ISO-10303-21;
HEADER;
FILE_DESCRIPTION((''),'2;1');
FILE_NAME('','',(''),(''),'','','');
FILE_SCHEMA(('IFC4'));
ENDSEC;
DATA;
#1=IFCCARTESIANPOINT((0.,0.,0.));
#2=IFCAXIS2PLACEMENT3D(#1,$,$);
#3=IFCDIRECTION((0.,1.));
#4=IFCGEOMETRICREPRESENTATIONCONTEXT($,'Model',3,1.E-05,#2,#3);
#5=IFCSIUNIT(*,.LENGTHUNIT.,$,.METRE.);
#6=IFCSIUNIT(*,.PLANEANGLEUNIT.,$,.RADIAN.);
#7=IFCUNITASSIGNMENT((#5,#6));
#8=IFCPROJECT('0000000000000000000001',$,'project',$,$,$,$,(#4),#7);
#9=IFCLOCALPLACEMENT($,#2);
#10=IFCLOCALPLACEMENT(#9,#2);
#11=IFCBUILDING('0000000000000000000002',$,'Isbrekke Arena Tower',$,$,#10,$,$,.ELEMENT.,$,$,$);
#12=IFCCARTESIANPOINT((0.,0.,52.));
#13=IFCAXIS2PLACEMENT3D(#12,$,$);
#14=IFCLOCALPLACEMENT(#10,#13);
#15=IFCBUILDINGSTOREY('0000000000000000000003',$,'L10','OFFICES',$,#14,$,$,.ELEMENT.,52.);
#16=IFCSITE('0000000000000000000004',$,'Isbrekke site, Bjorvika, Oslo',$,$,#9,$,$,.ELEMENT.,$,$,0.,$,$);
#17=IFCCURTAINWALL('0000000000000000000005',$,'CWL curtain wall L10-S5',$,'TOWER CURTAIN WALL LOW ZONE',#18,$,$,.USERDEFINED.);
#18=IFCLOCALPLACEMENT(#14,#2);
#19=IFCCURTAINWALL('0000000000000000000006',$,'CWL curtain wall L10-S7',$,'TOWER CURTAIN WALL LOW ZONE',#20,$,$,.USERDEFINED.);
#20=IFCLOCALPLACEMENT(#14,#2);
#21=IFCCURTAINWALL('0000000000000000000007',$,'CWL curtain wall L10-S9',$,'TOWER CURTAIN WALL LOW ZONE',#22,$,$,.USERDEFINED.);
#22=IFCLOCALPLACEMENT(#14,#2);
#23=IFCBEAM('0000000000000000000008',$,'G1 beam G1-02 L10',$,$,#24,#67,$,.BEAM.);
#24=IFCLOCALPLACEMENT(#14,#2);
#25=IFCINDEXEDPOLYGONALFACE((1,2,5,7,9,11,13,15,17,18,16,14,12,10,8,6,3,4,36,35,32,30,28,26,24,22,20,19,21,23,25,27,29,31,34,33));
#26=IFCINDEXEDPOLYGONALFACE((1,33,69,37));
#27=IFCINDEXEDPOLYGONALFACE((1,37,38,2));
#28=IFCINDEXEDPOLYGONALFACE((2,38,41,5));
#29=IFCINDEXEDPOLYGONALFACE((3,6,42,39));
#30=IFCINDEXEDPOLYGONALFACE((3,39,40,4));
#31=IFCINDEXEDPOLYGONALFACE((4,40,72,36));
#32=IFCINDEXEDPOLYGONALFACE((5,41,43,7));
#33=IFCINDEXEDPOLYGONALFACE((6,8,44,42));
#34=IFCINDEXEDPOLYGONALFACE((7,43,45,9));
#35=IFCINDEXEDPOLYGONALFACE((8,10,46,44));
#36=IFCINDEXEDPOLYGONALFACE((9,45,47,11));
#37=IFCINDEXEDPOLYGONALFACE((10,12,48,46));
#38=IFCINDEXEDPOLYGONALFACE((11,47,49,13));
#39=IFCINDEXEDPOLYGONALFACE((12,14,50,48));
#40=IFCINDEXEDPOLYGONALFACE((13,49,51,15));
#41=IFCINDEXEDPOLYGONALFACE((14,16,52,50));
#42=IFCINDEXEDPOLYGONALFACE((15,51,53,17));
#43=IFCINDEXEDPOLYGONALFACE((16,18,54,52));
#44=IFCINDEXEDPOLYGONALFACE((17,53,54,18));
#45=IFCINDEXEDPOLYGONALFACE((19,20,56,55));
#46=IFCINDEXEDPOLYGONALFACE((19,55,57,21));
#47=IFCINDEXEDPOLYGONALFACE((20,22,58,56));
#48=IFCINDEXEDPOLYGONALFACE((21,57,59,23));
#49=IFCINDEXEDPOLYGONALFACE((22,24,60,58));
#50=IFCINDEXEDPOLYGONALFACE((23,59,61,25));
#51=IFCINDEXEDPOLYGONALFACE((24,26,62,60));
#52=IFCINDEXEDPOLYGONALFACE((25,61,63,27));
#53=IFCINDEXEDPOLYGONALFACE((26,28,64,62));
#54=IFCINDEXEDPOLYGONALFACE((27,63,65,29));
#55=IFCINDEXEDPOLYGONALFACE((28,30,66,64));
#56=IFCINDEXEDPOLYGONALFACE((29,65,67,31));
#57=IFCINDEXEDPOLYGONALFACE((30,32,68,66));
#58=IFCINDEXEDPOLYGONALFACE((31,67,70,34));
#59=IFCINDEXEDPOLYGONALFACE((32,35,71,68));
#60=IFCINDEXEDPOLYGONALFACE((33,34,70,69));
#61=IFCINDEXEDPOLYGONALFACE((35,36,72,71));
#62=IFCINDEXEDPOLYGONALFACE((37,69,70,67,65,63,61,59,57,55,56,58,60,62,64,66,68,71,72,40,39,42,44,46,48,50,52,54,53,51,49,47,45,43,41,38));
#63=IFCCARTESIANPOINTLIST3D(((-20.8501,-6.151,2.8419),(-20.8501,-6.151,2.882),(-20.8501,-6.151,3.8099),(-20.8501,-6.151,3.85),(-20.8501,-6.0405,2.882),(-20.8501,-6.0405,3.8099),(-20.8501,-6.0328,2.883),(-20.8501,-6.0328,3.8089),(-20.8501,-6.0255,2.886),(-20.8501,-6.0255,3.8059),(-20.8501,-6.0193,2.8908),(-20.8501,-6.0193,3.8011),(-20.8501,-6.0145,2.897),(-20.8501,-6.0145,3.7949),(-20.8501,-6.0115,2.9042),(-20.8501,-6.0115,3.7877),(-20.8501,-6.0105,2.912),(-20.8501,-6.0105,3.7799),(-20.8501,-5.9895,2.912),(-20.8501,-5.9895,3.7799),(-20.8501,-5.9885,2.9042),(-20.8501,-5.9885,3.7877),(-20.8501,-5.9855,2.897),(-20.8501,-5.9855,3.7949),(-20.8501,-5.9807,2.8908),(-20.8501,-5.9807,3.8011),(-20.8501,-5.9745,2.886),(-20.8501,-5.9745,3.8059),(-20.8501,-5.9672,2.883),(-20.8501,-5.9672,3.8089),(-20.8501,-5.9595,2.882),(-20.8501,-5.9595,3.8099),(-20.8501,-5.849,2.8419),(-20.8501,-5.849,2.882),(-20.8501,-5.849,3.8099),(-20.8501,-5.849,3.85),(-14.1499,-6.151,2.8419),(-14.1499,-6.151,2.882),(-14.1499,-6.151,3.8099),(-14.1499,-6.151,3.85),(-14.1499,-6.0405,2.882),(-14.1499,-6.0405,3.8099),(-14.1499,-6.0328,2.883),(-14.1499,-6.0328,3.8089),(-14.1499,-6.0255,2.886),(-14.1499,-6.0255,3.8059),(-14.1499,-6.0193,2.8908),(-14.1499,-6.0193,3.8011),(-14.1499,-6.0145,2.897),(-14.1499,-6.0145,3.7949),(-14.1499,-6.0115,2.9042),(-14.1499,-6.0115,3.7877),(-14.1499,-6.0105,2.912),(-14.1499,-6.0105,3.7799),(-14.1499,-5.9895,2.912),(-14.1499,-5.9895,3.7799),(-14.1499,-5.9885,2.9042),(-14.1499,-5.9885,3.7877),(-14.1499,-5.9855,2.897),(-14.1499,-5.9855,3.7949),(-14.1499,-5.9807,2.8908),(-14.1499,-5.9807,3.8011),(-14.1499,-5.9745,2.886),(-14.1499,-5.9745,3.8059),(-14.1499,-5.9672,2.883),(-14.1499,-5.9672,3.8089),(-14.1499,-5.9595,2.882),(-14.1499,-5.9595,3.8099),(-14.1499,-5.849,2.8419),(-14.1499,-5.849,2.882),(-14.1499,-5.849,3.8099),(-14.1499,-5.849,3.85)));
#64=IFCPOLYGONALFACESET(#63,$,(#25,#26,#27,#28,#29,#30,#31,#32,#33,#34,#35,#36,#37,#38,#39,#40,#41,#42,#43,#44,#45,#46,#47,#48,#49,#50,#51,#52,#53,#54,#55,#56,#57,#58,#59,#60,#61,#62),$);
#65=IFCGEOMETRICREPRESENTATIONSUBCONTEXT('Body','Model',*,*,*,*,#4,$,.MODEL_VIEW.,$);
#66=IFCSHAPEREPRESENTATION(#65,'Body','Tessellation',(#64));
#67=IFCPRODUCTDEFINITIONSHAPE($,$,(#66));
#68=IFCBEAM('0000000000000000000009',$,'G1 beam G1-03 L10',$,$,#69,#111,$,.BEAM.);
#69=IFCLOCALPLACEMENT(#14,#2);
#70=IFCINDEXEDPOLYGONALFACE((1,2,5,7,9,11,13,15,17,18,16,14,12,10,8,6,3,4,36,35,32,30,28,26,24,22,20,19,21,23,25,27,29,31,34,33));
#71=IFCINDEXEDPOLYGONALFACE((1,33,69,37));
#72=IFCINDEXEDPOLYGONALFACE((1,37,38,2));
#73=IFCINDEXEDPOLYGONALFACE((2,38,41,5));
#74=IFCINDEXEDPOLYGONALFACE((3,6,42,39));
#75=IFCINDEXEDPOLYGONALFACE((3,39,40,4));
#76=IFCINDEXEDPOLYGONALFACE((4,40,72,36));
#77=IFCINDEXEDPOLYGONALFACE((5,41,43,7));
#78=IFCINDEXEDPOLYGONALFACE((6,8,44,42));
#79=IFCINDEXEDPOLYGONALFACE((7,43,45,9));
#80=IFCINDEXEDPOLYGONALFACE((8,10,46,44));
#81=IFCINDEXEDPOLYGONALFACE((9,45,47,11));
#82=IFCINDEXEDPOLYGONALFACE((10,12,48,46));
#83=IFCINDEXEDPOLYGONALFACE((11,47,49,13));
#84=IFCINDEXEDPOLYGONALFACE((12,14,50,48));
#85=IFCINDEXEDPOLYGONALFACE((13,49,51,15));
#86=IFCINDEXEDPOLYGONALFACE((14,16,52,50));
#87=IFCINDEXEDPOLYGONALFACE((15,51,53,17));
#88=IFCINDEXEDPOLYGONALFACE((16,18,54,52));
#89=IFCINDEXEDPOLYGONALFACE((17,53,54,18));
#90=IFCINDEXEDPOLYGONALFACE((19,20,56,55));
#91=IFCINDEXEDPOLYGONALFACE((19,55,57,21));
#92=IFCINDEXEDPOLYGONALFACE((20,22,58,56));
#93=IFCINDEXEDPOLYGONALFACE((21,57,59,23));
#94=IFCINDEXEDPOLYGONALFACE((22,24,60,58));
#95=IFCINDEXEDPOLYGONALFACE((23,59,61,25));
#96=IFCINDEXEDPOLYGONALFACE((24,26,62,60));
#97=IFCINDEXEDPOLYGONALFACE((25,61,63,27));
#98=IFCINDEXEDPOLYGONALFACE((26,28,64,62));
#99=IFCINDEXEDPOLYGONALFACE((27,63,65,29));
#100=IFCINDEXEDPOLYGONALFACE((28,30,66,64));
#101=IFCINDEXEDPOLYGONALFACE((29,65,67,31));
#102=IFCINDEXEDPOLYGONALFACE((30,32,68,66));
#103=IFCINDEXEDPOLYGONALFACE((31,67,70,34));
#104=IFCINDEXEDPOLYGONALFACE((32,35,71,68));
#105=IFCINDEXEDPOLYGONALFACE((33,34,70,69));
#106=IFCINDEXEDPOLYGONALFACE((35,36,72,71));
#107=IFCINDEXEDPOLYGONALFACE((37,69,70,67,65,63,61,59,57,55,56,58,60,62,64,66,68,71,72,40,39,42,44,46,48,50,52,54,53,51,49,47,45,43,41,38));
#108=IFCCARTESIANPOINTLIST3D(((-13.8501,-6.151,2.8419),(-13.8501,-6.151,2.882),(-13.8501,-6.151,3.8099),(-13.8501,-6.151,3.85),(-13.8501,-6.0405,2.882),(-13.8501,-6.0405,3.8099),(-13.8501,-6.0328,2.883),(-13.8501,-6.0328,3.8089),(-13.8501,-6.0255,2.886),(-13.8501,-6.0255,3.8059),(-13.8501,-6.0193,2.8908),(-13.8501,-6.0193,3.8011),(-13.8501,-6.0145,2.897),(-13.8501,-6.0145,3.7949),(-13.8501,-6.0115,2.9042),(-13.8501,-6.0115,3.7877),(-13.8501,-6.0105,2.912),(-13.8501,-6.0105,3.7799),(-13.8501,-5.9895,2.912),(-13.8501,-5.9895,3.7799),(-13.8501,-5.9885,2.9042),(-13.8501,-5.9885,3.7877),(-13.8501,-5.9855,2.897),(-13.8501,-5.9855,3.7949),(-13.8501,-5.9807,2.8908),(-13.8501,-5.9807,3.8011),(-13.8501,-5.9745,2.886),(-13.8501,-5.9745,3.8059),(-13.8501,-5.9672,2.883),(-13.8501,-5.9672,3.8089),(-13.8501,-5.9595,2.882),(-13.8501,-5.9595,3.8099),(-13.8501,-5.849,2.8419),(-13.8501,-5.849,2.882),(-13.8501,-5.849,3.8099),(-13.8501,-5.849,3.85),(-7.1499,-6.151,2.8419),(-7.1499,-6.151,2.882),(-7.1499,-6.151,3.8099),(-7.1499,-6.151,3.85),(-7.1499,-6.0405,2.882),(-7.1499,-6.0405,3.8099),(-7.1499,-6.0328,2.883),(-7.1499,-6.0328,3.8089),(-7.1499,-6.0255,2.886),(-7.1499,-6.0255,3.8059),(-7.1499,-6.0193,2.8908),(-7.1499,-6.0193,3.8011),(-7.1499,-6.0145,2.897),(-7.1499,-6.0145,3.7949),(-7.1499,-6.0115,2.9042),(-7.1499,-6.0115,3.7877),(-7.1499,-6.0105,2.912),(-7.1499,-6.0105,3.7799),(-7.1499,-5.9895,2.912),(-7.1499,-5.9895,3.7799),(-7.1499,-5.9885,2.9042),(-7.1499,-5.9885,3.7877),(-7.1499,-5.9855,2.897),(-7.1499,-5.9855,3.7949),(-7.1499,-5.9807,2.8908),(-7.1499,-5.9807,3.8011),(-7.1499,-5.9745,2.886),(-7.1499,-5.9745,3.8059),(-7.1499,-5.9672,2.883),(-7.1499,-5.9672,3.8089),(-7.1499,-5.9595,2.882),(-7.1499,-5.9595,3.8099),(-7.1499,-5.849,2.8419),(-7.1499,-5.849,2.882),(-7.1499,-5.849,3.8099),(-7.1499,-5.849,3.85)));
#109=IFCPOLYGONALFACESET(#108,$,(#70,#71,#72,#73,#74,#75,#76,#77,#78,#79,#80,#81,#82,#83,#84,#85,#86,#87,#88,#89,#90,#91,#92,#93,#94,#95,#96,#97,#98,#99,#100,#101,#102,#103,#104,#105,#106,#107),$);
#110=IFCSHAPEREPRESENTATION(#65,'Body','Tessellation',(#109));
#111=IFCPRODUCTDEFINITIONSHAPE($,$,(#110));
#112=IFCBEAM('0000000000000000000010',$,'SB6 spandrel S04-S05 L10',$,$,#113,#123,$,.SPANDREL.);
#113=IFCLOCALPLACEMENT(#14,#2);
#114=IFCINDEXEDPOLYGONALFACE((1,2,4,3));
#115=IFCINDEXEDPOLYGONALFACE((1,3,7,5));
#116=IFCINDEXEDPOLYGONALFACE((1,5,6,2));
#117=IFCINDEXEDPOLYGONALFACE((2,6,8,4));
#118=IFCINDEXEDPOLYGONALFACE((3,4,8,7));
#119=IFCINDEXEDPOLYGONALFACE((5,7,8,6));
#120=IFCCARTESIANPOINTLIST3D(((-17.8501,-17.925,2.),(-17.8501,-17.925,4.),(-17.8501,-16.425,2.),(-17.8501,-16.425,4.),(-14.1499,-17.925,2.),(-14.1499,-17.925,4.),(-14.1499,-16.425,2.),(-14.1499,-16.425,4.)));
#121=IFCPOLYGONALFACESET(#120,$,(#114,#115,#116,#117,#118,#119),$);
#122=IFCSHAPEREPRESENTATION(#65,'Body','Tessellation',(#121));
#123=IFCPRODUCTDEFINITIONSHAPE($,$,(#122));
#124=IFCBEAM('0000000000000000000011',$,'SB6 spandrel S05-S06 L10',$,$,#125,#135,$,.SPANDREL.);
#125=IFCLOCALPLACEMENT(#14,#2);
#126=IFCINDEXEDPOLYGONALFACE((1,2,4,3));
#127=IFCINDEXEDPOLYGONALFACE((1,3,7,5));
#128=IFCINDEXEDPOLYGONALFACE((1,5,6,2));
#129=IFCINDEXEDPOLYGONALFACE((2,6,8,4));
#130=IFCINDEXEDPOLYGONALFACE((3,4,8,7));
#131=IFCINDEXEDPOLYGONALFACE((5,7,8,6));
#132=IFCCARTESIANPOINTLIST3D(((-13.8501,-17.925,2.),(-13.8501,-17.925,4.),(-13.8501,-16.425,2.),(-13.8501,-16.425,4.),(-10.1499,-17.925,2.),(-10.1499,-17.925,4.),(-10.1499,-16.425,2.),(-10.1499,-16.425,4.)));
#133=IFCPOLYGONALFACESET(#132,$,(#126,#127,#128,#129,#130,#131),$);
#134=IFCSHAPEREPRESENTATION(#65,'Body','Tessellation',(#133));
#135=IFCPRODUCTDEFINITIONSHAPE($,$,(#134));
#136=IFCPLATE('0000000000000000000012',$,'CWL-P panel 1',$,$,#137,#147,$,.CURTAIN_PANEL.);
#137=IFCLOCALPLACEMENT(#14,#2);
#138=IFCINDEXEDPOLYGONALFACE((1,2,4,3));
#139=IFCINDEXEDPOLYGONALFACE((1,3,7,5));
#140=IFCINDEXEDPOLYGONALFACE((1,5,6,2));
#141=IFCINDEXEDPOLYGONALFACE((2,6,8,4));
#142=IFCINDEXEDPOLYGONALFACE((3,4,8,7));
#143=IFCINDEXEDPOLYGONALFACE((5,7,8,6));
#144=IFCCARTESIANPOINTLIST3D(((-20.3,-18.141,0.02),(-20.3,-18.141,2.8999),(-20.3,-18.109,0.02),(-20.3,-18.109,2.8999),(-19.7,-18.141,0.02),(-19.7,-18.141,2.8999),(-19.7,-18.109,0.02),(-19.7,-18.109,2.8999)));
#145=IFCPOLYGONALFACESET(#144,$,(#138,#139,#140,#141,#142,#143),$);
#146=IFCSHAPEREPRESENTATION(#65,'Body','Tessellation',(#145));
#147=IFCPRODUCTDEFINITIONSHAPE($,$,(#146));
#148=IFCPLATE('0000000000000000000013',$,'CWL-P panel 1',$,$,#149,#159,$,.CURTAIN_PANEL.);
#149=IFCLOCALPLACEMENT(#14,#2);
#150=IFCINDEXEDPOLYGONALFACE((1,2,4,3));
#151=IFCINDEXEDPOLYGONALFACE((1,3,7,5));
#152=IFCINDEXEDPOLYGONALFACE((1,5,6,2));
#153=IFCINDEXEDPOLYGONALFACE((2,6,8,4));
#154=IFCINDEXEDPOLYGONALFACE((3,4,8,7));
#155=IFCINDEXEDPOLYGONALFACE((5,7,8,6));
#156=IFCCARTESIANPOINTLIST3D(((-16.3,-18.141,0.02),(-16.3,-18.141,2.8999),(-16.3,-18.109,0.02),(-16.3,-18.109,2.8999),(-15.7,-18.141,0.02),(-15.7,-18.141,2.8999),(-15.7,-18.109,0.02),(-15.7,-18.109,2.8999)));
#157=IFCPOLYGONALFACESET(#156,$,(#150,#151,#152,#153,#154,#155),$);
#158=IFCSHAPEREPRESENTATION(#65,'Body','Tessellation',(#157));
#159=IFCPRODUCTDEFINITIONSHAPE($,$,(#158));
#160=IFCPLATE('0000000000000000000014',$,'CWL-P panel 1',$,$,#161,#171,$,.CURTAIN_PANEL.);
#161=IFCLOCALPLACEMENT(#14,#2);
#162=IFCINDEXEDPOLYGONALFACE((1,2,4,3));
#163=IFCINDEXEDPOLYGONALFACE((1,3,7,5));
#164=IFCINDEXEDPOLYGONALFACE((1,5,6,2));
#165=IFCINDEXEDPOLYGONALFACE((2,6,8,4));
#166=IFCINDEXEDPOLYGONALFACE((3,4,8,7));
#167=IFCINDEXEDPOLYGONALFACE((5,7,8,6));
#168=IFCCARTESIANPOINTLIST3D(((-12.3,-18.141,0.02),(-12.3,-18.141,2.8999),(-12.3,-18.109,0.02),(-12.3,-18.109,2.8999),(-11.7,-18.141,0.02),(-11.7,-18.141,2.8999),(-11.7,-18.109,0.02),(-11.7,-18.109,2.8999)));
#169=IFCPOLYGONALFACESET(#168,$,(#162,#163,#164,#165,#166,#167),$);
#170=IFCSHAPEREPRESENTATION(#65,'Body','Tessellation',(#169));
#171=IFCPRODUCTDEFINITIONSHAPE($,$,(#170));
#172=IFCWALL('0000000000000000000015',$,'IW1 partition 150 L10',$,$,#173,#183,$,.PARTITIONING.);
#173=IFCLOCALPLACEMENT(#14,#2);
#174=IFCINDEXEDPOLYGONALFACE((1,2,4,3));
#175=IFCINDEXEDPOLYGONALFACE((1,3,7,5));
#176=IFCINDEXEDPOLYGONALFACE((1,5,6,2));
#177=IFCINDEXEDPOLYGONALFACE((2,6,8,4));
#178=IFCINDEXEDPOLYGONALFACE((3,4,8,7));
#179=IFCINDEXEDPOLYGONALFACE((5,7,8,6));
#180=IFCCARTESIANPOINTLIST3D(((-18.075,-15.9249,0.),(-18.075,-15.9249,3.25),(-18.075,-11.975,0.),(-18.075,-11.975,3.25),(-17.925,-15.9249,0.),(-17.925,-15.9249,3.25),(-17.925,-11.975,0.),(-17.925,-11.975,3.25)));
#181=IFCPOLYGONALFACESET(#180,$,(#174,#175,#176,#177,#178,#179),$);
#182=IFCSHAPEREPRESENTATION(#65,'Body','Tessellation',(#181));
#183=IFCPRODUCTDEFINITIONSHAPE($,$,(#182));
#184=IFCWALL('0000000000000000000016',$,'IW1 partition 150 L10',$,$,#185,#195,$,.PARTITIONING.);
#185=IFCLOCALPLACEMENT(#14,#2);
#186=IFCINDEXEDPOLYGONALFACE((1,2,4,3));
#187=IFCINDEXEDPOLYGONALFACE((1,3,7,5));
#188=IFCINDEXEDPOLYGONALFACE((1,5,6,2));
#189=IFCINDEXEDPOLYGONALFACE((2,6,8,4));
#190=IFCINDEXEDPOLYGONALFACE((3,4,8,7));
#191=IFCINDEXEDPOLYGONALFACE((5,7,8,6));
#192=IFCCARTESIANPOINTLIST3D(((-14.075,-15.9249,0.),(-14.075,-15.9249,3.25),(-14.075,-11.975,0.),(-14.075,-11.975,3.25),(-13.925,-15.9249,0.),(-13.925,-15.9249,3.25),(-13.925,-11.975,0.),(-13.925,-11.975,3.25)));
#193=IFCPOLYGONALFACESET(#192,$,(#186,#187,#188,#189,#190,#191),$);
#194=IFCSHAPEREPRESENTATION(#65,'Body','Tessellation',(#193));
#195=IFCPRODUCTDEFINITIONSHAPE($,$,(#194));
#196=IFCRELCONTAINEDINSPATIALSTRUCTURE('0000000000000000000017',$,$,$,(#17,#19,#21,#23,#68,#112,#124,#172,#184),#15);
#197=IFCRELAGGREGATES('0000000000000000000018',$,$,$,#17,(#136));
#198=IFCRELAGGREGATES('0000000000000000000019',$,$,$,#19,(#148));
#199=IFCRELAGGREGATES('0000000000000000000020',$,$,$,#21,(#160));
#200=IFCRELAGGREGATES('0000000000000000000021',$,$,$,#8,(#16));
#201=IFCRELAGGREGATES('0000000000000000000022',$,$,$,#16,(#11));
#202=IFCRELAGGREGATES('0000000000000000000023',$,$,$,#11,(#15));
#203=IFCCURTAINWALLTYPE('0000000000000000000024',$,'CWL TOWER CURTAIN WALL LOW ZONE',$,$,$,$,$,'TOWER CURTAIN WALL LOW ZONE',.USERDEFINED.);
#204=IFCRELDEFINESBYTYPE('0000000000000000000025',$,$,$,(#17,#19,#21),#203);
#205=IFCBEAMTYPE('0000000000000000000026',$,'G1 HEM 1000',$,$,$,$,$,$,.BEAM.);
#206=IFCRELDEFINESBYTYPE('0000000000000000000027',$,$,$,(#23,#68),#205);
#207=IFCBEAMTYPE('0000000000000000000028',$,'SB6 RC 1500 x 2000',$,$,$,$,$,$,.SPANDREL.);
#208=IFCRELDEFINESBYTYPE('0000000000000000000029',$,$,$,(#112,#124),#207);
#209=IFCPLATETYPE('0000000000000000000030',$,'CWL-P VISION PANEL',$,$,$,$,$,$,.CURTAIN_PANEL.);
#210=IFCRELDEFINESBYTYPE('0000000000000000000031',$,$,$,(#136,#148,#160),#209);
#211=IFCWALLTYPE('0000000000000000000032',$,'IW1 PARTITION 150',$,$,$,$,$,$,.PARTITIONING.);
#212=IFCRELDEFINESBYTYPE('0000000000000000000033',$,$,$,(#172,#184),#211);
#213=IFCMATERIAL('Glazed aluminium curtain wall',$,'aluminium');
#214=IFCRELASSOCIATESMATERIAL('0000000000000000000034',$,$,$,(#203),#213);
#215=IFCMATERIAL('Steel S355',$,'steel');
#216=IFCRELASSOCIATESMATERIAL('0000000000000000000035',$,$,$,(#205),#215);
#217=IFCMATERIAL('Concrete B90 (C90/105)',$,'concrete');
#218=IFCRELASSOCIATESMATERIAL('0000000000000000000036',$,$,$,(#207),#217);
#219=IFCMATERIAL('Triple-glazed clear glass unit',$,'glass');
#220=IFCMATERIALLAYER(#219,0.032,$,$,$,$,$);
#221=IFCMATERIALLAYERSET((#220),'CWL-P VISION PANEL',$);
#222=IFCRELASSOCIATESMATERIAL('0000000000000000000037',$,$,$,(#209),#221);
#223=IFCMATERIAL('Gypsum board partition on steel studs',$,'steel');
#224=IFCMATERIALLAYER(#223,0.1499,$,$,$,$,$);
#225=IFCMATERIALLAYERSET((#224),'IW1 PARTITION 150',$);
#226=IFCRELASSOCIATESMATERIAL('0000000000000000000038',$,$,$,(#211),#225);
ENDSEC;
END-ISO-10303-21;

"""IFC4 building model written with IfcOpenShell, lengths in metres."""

from ifc_helpers import new_model, si_unit, direction, frame, frame_2d, origin, origin_2d, place, context, subcontext, project, spatial, rectangle, i_section, extrude, material, layer, layer_set, material_profile, profile_set, type_object, element, aggregate, save


model = new_model("IFC4")

# Units and contexts
model_context = context("Model", 3, precision=1e-05, world=origin(), true_north=direction((0.0, 1.0)))
body_context = subcontext(model_context, "Body", "Model", "MODEL_VIEW")
ifc_project = project(units=[si_unit("LENGTHUNIT", "METRE"), si_unit("PLANEANGLEUNIT", "RADIAN")], contexts=[model_context])

# Site, building, storey
site_placement = place(None, origin())
site = spatial("IfcSite", under=ifc_project, at=site_placement, Name="Isbrekke site, Bjorvika, Oslo", CompositionType="ELEMENT", RefElevation=0.0)
building_placement = place(site_placement, origin())
building = spatial("IfcBuilding", under=site, at=building_placement, Name="Isbrekke Arena Tower", CompositionType="ELEMENT")
storey_placement = place(building_placement, frame((0.0, 0.0, 52.0)))
storey = spatial("IfcBuildingStorey", under=building, at=storey_placement, Name="L10", Description="OFFICES", CompositionType="ELEMENT", Elevation=52.0)

# Curtain walls
ifc_material_1 = material(Name="Glazed aluminium curtain wall", Category="aluminium")
curtain_wall_type = type_object("IfcCurtainWallType", Name="CWL TOWER CURTAIN WALL LOW ZONE", ElementType="TOWER CURTAIN WALL LOW ZONE", PredefinedType="USERDEFINED", material=ifc_material_1)
curtain_wall_1_placement = place(storey_placement, origin())
curtain_wall_1 = element("IfcCurtainWall", 1, at=curtain_wall_1_placement, inside=storey, type_object=curtain_wall_type, Name="CWL curtain wall L10-S5", ObjectType="TOWER CURTAIN WALL LOW ZONE", PredefinedType="USERDEFINED")
curtain_wall_2_placement = place(storey_placement, origin())
curtain_wall_2 = element("IfcCurtainWall", 2, at=curtain_wall_2_placement, inside=storey, type_object=curtain_wall_type, Name="CWL curtain wall L10-S7", ObjectType="TOWER CURTAIN WALL LOW ZONE", PredefinedType="USERDEFINED")
curtain_wall_3_placement = place(storey_placement, origin())
curtain_wall_3 = element("IfcCurtainWall", 3, at=curtain_wall_3_placement, inside=storey, type_object=curtain_wall_type, Name="CWL curtain wall L10-S9", ObjectType="TOWER CURTAIN WALL LOW ZONE", PredefinedType="USERDEFINED")

# Beams
ifc_material_2 = material(Name="Steel S355", Category="steel")
ifc_material_profile_1 = material_profile(ifc_material_2, i_section(OverallWidth=0.302, OverallDepth=1.0081, WebThickness=0.021, FlangeThickness=0.04, FilletRadius=0.03, at=origin_2d()), Name="HEM 1000")
ifc_profile_set_1 = profile_set([ifc_material_profile_1], Name="Steel S355")
beam_type_1 = type_object("IfcBeamType", Name="G1 HEM 1000", PredefinedType="BEAM", material=ifc_profile_set_1)
for number, where, z_axis, x_axis, name in (
    (4, (-20.8501, -6.0, 3.3459), (1.0, 0.0, 0.0), (0.0, 1.0, 0.0), "G1 beam G1-02 L10"),
    (5, (-13.8501, -6.0, 3.3459), (1.0, 0.0, 0.0), (0.0, 1.0, 0.0), "G1 beam G1-03 L10"),
):
    element("IfcBeam", number, at=place(storey_placement, frame(where, z_axis=z_axis, x_axis=x_axis)), inside=storey, type_object=beam_type_1, Name=name, PredefinedType="BEAM", context=body_context, shape_type="SweptSolid", body=[
        extrude(i_section(OverallWidth=0.302, OverallDepth=1.0081, WebThickness=0.021, FlangeThickness=0.04, FilletRadius=0.03, at=origin_2d()), origin(), (0.0, 0.0, 1.0), 6.7002),
    ])
ifc_material_3 = material(Name="Concrete B90 (C90/105)", Category="concrete")
ifc_material_profile_2 = material_profile(ifc_material_3, rectangle(XDim=1.5, YDim=2.0, at=origin_2d()), Name="RC 1500x2000")
ifc_profile_set_2 = profile_set([ifc_material_profile_2], Name="Concrete B90 (C90/105)")
beam_type_2 = type_object("IfcBeamType", Name="SB6 RC 1500 x 2000", PredefinedType="SPANDREL", material=ifc_profile_set_2)
for number, where, z_axis, x_axis, name in (
    (6, (-17.8501, -17.175, 3.0), (1.0, 0.0, 0.0), (0.0, 1.0, 0.0), "SB6 spandrel S04-S05 L10"),
    (7, (-13.8501, -17.175, 3.0), (1.0, 0.0, 0.0), (0.0, 1.0, 0.0), "SB6 spandrel S05-S06 L10"),
):
    element("IfcBeam", number, at=place(storey_placement, frame(where, z_axis=z_axis, x_axis=x_axis)), inside=storey, type_object=beam_type_2, Name=name, PredefinedType="SPANDREL", context=body_context, shape_type="SweptSolid", body=[
        extrude(rectangle(XDim=1.5, YDim=2.0, at=origin_2d()), origin(), (0.0, 0.0, 1.0), 3.7002),
    ])

# Plates
ifc_material_4 = material(Name="Triple-glazed clear glass unit", Category="glass")
ifc_layer_1 = layer(ifc_material_4, 0.032)
ifc_layer_set_1 = layer_set([ifc_layer_1], Name="CWL-P VISION PANEL")
plate_type = type_object("IfcPlateType", Name="CWL-P VISION PANEL", PredefinedType="CURTAIN_PANEL", material=ifc_layer_set_1)
plate_1_placement = place(storey_placement, frame((-20.0, -18.125, 0.02), z_axis=(0.0, 0.0, 1.0), x_axis=(1.0, 0.0, 0.0)))
plate_1 = element("IfcPlate", 8, at=plate_1_placement, type_object=plate_type, Name="CWL-P panel 1", PredefinedType="CURTAIN_PANEL", context=body_context, shape_type="SweptSolid", body=[
    extrude(rectangle(XDim=0.6001, YDim=0.032, at=origin_2d()), origin(), (0.0, 0.0, 1.0), 2.8799),
])
aggregate(curtain_wall_1, [plate_1])
plate_2_placement = place(storey_placement, frame((-16.0, -18.125, 0.02), z_axis=(0.0, 0.0, 1.0), x_axis=(1.0, 0.0, 0.0)))
plate_2 = element("IfcPlate", 9, at=plate_2_placement, type_object=plate_type, Name="CWL-P panel 1", PredefinedType="CURTAIN_PANEL", context=body_context, shape_type="SweptSolid", body=[
    extrude(rectangle(XDim=0.6001, YDim=0.032, at=origin_2d()), origin(), (0.0, 0.0, 1.0), 2.8799),
])
aggregate(curtain_wall_2, [plate_2])
plate_3_placement = place(storey_placement, frame((-12.0, -18.125, 0.02), z_axis=(0.0, 0.0, 1.0), x_axis=(1.0, 0.0, 0.0)))
plate_3 = element("IfcPlate", 10, at=plate_3_placement, type_object=plate_type, Name="CWL-P panel 1", PredefinedType="CURTAIN_PANEL", context=body_context, shape_type="SweptSolid", body=[
    extrude(rectangle(XDim=0.6001, YDim=0.032, at=origin_2d()), origin(), (0.0, 0.0, 1.0), 2.8799),
])
aggregate(curtain_wall_3, [plate_3])

# Walls
ifc_material_5 = material(Name="Gypsum board partition on steel studs", Category="steel")
ifc_layer_2 = layer(ifc_material_5, 0.1499)
ifc_layer_set_2 = layer_set([ifc_layer_2], Name="IW1 PARTITION 150")
wall_type_1 = type_object("IfcWallType", Name="IW1 PARTITION 150", PredefinedType="PARTITIONING", material=ifc_layer_set_2)
for number, where, z_axis, x_axis, name in (
    (11, (-18.0, -15.925, 0.0), (0.0, 0.0, 1.0), (0.0, 1.0, 0.0), "IW1 partition 150 L10"),
    (12, (-14.0, -15.925, 0.0), (0.0, 0.0, 1.0), (0.0, 1.0, 0.0), "IW1 partition 150 L10"),
):
    element("IfcWall", number, at=place(storey_placement, frame(where, z_axis=z_axis, x_axis=x_axis)), inside=storey, type_object=wall_type_1, Name=name, PredefinedType="PARTITIONING", context=body_context, shape_type="SweptSolid", body=[
        extrude(rectangle(XDim=3.95, YDim=0.1499, at=frame_2d((1.9751, 0.0))), origin(), (0.0, 0.0, 1.0), 3.25),
    ])

save(model, "model.ifc")
